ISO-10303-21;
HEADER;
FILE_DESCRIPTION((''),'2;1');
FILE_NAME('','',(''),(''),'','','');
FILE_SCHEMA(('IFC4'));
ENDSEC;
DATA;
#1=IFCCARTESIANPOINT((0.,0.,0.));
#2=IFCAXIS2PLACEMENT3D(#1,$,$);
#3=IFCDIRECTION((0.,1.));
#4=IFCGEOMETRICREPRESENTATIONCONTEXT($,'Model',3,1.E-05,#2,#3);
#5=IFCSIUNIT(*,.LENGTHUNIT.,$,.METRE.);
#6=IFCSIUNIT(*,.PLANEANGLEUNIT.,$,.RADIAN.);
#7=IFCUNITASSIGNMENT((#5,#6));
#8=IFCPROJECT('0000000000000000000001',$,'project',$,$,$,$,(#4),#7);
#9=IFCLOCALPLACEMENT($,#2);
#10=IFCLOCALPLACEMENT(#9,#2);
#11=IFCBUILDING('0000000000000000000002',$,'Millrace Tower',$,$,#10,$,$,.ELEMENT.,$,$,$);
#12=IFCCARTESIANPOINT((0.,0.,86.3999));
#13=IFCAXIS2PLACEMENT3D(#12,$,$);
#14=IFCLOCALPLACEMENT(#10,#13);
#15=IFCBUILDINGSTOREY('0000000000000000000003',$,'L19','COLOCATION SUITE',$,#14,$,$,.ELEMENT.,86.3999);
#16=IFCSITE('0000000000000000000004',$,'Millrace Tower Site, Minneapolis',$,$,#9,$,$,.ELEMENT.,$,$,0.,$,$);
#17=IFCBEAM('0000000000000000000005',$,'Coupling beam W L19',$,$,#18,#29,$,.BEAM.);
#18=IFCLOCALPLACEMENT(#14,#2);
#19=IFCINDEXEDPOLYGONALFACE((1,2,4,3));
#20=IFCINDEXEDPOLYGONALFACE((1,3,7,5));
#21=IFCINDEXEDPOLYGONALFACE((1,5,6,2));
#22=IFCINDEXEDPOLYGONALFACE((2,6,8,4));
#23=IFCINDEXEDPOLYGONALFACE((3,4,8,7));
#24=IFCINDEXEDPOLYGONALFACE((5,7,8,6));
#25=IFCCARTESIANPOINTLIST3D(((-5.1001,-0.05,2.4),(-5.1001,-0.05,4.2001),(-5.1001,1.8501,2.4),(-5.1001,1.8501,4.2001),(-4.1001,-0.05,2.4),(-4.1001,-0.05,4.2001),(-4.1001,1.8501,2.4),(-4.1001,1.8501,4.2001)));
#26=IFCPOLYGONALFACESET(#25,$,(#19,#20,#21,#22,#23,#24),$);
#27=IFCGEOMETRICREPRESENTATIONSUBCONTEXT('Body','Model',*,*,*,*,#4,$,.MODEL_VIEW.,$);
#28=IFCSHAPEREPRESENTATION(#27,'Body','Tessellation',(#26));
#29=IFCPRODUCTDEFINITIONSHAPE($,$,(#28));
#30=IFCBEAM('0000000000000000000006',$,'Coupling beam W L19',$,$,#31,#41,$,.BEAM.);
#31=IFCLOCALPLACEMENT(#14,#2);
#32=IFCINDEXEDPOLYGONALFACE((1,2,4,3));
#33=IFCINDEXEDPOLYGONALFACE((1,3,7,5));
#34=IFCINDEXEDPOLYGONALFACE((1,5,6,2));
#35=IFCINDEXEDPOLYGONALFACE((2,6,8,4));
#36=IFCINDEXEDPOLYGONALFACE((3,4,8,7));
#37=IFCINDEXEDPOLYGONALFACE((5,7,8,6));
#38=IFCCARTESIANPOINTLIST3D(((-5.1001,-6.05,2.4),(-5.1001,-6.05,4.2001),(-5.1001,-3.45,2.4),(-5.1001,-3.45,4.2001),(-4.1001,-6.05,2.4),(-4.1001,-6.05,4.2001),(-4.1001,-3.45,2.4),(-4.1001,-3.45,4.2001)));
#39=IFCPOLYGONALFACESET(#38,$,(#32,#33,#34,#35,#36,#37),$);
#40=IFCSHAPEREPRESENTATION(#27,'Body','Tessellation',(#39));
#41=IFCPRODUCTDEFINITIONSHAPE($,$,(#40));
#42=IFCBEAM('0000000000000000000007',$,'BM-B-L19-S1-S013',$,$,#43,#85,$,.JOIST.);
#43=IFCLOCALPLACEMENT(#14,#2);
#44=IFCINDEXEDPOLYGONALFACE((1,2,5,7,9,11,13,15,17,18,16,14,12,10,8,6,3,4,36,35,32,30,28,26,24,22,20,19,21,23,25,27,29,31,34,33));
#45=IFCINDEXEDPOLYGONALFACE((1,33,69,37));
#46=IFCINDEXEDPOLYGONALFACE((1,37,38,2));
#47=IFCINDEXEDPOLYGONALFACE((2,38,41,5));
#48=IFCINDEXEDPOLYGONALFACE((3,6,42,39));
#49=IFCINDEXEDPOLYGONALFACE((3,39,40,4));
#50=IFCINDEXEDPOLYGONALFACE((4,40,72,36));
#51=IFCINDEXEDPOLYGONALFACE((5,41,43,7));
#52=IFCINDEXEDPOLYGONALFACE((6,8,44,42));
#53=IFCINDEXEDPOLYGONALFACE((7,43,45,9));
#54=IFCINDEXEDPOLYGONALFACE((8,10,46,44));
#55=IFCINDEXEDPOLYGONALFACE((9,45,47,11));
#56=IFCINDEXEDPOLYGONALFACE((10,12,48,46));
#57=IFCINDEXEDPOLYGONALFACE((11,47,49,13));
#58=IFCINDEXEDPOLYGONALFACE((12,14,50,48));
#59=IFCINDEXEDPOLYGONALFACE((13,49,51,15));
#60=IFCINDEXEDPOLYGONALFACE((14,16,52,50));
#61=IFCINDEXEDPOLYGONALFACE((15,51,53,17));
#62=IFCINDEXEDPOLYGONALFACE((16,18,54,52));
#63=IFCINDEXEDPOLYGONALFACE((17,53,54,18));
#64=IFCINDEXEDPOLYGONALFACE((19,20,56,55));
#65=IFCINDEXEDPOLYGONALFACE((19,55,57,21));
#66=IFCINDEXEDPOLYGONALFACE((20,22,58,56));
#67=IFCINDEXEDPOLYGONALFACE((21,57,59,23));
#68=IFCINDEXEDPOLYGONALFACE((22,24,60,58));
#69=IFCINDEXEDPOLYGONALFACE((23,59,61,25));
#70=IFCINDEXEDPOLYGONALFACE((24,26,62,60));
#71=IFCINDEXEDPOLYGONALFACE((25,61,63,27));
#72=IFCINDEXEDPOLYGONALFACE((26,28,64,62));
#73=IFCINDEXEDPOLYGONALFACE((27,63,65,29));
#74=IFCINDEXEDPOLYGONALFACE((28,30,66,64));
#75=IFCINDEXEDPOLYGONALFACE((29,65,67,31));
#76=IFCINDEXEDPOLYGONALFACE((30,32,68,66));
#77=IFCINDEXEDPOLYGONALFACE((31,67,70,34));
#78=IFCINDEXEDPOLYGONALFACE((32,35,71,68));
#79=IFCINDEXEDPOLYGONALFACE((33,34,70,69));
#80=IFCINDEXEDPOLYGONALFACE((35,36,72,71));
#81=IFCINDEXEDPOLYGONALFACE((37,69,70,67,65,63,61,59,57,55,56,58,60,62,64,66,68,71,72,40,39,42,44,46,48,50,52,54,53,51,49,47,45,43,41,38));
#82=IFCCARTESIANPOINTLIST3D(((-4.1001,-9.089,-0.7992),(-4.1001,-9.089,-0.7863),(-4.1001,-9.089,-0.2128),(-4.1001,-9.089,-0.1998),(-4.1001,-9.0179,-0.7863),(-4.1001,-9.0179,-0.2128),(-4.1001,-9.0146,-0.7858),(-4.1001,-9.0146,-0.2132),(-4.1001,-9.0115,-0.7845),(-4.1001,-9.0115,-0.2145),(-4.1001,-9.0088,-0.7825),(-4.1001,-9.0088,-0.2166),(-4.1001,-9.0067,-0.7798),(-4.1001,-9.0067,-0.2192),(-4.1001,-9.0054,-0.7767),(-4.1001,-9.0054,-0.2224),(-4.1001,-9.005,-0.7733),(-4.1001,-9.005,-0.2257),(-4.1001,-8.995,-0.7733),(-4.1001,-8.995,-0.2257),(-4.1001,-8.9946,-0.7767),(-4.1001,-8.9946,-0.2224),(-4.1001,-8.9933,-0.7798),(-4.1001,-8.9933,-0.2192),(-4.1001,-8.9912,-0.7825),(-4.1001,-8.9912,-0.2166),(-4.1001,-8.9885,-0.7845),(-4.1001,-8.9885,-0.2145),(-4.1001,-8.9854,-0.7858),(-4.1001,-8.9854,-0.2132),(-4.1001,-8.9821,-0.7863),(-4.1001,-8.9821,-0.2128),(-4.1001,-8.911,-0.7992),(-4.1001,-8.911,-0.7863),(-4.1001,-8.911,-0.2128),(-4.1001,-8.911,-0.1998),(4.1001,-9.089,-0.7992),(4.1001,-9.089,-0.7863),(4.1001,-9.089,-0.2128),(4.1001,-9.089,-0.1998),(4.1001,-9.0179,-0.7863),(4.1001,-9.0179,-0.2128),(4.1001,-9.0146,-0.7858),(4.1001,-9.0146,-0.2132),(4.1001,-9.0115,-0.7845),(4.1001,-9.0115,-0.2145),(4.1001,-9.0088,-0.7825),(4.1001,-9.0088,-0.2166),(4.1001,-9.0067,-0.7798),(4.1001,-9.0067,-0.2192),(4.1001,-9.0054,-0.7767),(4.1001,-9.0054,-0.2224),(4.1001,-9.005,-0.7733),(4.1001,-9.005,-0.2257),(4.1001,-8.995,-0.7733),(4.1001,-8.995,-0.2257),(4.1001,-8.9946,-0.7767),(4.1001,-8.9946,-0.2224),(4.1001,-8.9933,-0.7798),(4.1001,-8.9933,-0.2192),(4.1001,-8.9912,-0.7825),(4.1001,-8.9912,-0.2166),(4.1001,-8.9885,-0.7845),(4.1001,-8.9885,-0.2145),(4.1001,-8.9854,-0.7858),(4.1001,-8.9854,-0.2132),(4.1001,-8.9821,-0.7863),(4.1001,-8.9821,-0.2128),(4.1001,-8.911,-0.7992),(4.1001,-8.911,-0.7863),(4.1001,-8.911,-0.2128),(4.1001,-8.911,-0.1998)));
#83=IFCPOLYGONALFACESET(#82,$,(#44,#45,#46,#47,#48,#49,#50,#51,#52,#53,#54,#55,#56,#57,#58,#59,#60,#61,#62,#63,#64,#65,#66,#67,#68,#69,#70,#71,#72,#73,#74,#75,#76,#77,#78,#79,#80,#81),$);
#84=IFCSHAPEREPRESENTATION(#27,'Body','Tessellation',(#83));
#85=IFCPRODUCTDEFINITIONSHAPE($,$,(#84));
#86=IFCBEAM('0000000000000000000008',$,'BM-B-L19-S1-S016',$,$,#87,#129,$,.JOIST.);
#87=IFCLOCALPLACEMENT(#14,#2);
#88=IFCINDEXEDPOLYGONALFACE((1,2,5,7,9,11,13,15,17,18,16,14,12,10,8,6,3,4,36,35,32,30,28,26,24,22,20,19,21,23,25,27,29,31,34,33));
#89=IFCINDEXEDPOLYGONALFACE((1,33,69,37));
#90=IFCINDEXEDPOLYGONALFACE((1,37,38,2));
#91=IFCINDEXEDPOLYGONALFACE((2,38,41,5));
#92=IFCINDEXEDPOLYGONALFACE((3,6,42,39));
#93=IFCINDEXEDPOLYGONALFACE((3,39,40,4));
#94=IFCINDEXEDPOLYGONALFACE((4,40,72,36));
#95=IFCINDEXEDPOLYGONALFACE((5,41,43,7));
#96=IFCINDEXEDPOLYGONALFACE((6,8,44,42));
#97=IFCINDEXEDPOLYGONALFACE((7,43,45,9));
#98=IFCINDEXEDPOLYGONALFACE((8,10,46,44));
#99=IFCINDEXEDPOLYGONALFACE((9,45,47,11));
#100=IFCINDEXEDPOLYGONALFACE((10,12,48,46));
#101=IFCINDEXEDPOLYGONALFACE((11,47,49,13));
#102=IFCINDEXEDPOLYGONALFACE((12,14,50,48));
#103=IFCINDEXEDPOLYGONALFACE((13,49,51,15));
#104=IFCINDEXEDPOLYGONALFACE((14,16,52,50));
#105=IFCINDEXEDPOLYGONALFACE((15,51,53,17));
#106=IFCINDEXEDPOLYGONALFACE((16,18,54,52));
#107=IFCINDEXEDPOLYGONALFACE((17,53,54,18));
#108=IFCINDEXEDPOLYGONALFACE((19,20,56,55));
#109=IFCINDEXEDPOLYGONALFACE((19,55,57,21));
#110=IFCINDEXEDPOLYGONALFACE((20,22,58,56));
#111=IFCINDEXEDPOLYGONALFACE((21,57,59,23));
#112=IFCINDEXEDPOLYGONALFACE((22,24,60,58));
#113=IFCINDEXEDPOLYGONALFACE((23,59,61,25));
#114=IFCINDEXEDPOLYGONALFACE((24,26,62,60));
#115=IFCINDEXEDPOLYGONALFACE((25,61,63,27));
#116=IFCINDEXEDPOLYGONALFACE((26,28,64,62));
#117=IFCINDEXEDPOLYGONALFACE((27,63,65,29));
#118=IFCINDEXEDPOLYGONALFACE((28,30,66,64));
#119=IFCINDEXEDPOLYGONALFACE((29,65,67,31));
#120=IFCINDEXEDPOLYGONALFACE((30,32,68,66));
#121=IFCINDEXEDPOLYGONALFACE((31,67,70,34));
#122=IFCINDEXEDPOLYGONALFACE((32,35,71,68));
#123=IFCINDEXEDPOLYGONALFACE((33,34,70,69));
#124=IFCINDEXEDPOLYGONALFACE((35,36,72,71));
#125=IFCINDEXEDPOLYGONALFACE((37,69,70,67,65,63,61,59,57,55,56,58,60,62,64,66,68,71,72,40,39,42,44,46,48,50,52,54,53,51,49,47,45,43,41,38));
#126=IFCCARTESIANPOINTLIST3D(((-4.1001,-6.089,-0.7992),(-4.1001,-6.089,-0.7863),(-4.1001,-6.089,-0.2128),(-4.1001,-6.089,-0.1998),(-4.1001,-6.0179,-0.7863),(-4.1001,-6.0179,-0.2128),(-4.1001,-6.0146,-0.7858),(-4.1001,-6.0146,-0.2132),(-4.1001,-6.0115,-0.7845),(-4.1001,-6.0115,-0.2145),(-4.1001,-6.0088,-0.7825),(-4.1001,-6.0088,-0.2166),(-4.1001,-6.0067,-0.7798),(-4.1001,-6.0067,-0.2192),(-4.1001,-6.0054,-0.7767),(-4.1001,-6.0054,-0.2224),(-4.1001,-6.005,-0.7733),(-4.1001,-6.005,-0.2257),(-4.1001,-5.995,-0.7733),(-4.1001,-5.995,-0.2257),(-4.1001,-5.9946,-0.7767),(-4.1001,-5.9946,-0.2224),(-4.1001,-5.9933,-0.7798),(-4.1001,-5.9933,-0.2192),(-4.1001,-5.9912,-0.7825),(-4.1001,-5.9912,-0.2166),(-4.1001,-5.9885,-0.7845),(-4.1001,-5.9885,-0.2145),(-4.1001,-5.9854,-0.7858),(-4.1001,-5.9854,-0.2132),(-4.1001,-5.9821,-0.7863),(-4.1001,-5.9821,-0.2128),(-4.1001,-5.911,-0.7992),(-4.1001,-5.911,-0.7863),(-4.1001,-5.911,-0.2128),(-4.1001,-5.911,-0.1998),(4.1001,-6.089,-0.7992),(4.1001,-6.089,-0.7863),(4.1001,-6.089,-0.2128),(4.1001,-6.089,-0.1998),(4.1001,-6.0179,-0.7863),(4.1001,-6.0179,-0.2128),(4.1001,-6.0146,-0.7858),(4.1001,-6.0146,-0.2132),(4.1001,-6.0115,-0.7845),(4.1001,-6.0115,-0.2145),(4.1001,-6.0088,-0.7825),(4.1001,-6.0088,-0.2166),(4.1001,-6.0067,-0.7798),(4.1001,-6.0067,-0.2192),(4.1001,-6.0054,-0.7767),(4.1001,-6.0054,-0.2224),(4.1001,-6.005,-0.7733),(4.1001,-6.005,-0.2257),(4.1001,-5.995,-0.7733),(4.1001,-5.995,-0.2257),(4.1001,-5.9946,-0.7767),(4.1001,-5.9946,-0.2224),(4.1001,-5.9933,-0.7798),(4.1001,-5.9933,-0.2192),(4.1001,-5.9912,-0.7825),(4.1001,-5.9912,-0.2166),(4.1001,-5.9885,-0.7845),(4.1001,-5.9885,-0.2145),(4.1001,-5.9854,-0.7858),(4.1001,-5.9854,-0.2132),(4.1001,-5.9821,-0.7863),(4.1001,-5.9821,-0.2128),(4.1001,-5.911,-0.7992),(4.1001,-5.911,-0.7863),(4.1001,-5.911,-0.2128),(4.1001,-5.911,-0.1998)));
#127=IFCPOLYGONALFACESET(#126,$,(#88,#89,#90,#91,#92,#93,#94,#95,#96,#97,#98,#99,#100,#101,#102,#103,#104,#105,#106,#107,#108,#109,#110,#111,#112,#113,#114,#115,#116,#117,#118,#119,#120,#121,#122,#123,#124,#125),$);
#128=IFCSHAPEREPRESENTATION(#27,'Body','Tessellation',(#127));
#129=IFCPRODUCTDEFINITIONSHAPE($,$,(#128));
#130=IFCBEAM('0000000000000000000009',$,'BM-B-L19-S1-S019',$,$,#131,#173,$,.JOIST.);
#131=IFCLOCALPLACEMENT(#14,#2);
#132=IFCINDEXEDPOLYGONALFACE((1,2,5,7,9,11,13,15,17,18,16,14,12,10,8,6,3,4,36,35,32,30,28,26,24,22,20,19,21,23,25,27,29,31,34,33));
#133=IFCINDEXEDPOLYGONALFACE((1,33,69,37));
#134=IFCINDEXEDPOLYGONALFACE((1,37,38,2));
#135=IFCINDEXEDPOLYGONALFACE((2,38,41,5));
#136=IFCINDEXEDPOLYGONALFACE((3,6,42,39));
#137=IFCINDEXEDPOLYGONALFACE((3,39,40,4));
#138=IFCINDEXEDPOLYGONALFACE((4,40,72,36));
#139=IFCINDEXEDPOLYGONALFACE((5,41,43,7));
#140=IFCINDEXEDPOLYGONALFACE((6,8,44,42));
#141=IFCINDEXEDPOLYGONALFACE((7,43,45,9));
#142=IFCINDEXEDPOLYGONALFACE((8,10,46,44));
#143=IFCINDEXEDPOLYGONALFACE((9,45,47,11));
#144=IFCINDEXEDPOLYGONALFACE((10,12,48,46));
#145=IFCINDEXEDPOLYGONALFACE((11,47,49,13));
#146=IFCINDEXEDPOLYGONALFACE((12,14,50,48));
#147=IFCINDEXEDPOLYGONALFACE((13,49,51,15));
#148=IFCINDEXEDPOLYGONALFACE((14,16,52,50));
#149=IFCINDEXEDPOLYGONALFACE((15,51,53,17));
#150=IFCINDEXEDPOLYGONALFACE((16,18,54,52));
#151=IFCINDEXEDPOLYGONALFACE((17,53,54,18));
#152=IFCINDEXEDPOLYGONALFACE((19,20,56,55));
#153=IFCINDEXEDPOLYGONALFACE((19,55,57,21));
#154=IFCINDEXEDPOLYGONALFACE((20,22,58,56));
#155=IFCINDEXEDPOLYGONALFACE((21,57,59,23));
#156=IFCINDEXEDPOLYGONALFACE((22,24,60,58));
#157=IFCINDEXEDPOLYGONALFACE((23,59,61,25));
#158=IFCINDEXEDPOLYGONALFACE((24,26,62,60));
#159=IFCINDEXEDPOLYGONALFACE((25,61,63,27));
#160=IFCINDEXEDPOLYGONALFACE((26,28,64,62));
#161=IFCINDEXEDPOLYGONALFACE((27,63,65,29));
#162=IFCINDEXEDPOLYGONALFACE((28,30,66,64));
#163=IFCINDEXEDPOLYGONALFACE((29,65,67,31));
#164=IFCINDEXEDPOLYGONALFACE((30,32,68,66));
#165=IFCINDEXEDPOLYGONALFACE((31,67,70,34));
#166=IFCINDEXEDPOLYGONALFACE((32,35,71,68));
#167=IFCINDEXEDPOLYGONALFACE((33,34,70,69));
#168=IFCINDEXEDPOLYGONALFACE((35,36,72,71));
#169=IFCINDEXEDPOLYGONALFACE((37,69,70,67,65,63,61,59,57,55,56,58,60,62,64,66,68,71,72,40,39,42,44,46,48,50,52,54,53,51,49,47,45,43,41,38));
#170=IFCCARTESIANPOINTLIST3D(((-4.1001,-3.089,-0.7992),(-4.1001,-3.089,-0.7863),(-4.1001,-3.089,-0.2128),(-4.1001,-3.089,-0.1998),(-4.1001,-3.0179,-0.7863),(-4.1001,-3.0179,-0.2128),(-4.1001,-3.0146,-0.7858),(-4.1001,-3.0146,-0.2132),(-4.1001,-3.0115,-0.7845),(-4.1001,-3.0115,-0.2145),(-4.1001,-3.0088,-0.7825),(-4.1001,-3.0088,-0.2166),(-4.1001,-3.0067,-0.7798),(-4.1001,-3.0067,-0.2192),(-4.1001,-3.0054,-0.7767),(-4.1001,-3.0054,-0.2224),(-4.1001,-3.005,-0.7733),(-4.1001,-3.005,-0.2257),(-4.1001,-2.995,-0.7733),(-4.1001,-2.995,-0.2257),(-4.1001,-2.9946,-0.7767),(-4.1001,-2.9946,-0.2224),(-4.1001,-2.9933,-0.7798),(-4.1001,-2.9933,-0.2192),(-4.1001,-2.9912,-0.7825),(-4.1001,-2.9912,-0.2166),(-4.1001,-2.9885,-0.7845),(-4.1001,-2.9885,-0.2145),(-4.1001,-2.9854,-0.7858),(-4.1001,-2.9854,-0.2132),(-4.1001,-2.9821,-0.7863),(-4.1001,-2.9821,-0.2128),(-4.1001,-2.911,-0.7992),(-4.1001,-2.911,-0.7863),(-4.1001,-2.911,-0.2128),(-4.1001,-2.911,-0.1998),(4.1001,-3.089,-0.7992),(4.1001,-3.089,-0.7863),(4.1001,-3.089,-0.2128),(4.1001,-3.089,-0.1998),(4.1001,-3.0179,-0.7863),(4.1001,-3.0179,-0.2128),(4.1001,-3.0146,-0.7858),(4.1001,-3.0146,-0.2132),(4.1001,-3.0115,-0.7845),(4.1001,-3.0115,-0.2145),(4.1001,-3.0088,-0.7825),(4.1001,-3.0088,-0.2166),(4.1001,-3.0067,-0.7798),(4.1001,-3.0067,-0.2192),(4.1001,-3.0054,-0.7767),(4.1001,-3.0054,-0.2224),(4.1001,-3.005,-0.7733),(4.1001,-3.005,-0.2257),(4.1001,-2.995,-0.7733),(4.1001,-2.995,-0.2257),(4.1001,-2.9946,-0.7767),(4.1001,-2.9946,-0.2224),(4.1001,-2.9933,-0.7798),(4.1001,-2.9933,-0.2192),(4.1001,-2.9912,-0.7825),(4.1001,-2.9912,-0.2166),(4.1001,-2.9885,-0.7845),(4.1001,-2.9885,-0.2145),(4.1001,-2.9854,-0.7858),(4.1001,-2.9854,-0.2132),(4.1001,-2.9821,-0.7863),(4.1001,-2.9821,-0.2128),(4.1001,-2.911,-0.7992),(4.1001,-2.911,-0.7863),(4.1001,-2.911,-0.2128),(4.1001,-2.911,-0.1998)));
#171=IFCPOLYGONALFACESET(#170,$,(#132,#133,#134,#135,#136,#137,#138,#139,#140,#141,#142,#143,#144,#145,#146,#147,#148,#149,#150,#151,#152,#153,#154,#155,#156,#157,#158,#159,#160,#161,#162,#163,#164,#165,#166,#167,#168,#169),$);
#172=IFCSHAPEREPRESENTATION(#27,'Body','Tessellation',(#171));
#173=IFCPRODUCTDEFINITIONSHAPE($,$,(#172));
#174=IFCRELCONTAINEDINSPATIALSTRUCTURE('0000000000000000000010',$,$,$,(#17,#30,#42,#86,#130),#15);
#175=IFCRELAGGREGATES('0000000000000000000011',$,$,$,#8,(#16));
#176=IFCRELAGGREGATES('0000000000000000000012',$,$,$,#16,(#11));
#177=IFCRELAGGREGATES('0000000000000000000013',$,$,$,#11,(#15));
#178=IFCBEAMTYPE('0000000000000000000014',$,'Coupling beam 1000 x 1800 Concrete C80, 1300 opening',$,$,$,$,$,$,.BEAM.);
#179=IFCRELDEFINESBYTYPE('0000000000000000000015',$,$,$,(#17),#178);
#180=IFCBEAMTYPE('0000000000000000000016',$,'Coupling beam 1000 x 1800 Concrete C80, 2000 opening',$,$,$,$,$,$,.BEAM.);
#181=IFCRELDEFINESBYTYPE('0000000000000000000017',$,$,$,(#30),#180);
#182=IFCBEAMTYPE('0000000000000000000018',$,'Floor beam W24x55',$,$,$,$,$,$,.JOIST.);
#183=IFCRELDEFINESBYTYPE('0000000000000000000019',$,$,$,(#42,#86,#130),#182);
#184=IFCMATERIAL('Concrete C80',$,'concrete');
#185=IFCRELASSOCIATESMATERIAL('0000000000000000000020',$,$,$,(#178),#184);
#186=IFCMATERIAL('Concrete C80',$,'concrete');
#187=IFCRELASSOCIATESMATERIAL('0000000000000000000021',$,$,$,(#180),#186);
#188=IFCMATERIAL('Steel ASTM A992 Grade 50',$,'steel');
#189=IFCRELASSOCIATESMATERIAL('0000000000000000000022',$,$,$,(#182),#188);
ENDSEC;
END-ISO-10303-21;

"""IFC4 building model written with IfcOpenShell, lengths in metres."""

from ifc_helpers import new_model, si_unit, direction, frame, origin, origin_2d, place, context, subcontext, project, spatial, rectangle, i_section, extrude, material, material_profile, profile_set, type_object, element, save


model = new_model("IFC4")

# Units and contexts
model_context = context("Model", 3, precision=1e-05, world=origin(), true_north=direction((0.0, 1.0)))
body_context = subcontext(model_context, "Body", "Model", "MODEL_VIEW")
ifc_project = project(units=[si_unit("LENGTHUNIT", "METRE"), si_unit("PLANEANGLEUNIT", "RADIAN")], contexts=[model_context])

# Site, building, storey
site_placement = place(None, origin())
site = spatial("IfcSite", under=ifc_project, at=site_placement, Name="Millrace Tower Site, Minneapolis", CompositionType="ELEMENT", RefElevation=0.0)
building_placement = place(site_placement, origin())
building = spatial("IfcBuilding", under=site, at=building_placement, Name="Millrace Tower", CompositionType="ELEMENT")
storey_placement = place(building_placement, frame((0.0, 0.0, 86.3999)))
storey = spatial("IfcBuildingStorey", under=building, at=storey_placement, Name="L19", Description="COLOCATION SUITE", CompositionType="ELEMENT", Elevation=86.3999)

# Beams
ifc_material_1 = material(Name="Concrete C80", Category="concrete")
ifc_material_profile_1 = material_profile(ifc_material_1, rectangle(XDim=1.0, YDim=1.8, at=origin_2d()))
ifc_profile_set_1 = profile_set([ifc_material_profile_1], Name="Concrete C80")
beam_type_1 = type_object("IfcBeamType", Name="Coupling beam 1000 x 1800 Concrete C80, 1300 opening", PredefinedType="BEAM", material=ifc_profile_set_1)
beam_1_placement = place(storey_placement, frame((-4.6001, -0.05, 3.3), z_axis=(0.0, 1.0, 0.0), x_axis=(-1.0, 0.0, 0.0)))
element("IfcBeam", 1, at=beam_1_placement, inside=storey, type_object=beam_type_1, Name="Coupling beam W L19", PredefinedType="BEAM", context=body_context, shape_type="SweptSolid", body=[
    extrude(rectangle(XDim=1.0, YDim=1.8, at=origin_2d()), origin(), (0.0, 0.0, 1.0), 1.9001),
])
ifc_material_2 = material(Name="Concrete C80", Category="concrete")
ifc_material_profile_2 = material_profile(ifc_material_2, rectangle(XDim=1.0, YDim=1.8, at=origin_2d()))
ifc_profile_set_2 = profile_set([ifc_material_profile_2], Name="Concrete C80")
beam_type_2 = type_object("IfcBeamType", Name="Coupling beam 1000 x 1800 Concrete C80, 2000 opening", PredefinedType="BEAM", material=ifc_profile_set_2)
beam_2_placement = place(storey_placement, frame((-4.6001, -6.05, 3.3), z_axis=(0.0, 1.0, 0.0), x_axis=(-1.0, 0.0, 0.0)))
element("IfcBeam", 2, at=beam_2_placement, inside=storey, type_object=beam_type_2, Name="Coupling beam W L19", PredefinedType="BEAM", context=body_context, shape_type="SweptSolid", body=[
    extrude(rectangle(XDim=1.0, YDim=1.8, at=origin_2d()), origin(), (0.0, 0.0, 1.0), 2.6001),
])
ifc_material_3 = material(Name="Steel ASTM A992 Grade 50", Category="steel")
ifc_material_profile_3 = material_profile(ifc_material_3, i_section(OverallWidth=0.178, OverallDepth=0.5994, WebThickness=0.01, FlangeThickness=0.0129, FilletRadius=0.0129, at=origin_2d()))
ifc_profile_set_3 = profile_set([ifc_material_profile_3], Name="Steel ASTM A992 Grade 50")
beam_type_3 = type_object("IfcBeamType", Name="Floor beam W24x55", PredefinedType="JOIST", material=ifc_profile_set_3)
for number, where, z_axis, x_axis, name in (
    (3, (-4.1001, -9.0, -0.4995), (1.0, 0.0, 0.0), (0.0, 1.0, 0.0), "BM-B-L19-S1-S013"),
    (4, (-4.1001, -6.0, -0.4995), (1.0, 0.0, 0.0), (0.0, 1.0, 0.0), "BM-B-L19-S1-S016"),
    (5, (-4.1001, -3.0, -0.4995), (1.0, 0.0, 0.0), (0.0, 1.0, 0.0), "BM-B-L19-S1-S019"),
):
    element("IfcBeam", number, at=place(storey_placement, frame(where, z_axis=z_axis, x_axis=x_axis)), inside=storey, type_object=beam_type_3, Name=name, PredefinedType="JOIST", context=body_context, shape_type="SweptSolid", body=[
        extrude(i_section(OverallWidth=0.178, OverallDepth=0.5994, WebThickness=0.01, FlangeThickness=0.0129, FilletRadius=0.0129, at=origin_2d()), origin(), (0.0, 0.0, 1.0), 8.2002),
    ])

save(model, "model.ifc")
